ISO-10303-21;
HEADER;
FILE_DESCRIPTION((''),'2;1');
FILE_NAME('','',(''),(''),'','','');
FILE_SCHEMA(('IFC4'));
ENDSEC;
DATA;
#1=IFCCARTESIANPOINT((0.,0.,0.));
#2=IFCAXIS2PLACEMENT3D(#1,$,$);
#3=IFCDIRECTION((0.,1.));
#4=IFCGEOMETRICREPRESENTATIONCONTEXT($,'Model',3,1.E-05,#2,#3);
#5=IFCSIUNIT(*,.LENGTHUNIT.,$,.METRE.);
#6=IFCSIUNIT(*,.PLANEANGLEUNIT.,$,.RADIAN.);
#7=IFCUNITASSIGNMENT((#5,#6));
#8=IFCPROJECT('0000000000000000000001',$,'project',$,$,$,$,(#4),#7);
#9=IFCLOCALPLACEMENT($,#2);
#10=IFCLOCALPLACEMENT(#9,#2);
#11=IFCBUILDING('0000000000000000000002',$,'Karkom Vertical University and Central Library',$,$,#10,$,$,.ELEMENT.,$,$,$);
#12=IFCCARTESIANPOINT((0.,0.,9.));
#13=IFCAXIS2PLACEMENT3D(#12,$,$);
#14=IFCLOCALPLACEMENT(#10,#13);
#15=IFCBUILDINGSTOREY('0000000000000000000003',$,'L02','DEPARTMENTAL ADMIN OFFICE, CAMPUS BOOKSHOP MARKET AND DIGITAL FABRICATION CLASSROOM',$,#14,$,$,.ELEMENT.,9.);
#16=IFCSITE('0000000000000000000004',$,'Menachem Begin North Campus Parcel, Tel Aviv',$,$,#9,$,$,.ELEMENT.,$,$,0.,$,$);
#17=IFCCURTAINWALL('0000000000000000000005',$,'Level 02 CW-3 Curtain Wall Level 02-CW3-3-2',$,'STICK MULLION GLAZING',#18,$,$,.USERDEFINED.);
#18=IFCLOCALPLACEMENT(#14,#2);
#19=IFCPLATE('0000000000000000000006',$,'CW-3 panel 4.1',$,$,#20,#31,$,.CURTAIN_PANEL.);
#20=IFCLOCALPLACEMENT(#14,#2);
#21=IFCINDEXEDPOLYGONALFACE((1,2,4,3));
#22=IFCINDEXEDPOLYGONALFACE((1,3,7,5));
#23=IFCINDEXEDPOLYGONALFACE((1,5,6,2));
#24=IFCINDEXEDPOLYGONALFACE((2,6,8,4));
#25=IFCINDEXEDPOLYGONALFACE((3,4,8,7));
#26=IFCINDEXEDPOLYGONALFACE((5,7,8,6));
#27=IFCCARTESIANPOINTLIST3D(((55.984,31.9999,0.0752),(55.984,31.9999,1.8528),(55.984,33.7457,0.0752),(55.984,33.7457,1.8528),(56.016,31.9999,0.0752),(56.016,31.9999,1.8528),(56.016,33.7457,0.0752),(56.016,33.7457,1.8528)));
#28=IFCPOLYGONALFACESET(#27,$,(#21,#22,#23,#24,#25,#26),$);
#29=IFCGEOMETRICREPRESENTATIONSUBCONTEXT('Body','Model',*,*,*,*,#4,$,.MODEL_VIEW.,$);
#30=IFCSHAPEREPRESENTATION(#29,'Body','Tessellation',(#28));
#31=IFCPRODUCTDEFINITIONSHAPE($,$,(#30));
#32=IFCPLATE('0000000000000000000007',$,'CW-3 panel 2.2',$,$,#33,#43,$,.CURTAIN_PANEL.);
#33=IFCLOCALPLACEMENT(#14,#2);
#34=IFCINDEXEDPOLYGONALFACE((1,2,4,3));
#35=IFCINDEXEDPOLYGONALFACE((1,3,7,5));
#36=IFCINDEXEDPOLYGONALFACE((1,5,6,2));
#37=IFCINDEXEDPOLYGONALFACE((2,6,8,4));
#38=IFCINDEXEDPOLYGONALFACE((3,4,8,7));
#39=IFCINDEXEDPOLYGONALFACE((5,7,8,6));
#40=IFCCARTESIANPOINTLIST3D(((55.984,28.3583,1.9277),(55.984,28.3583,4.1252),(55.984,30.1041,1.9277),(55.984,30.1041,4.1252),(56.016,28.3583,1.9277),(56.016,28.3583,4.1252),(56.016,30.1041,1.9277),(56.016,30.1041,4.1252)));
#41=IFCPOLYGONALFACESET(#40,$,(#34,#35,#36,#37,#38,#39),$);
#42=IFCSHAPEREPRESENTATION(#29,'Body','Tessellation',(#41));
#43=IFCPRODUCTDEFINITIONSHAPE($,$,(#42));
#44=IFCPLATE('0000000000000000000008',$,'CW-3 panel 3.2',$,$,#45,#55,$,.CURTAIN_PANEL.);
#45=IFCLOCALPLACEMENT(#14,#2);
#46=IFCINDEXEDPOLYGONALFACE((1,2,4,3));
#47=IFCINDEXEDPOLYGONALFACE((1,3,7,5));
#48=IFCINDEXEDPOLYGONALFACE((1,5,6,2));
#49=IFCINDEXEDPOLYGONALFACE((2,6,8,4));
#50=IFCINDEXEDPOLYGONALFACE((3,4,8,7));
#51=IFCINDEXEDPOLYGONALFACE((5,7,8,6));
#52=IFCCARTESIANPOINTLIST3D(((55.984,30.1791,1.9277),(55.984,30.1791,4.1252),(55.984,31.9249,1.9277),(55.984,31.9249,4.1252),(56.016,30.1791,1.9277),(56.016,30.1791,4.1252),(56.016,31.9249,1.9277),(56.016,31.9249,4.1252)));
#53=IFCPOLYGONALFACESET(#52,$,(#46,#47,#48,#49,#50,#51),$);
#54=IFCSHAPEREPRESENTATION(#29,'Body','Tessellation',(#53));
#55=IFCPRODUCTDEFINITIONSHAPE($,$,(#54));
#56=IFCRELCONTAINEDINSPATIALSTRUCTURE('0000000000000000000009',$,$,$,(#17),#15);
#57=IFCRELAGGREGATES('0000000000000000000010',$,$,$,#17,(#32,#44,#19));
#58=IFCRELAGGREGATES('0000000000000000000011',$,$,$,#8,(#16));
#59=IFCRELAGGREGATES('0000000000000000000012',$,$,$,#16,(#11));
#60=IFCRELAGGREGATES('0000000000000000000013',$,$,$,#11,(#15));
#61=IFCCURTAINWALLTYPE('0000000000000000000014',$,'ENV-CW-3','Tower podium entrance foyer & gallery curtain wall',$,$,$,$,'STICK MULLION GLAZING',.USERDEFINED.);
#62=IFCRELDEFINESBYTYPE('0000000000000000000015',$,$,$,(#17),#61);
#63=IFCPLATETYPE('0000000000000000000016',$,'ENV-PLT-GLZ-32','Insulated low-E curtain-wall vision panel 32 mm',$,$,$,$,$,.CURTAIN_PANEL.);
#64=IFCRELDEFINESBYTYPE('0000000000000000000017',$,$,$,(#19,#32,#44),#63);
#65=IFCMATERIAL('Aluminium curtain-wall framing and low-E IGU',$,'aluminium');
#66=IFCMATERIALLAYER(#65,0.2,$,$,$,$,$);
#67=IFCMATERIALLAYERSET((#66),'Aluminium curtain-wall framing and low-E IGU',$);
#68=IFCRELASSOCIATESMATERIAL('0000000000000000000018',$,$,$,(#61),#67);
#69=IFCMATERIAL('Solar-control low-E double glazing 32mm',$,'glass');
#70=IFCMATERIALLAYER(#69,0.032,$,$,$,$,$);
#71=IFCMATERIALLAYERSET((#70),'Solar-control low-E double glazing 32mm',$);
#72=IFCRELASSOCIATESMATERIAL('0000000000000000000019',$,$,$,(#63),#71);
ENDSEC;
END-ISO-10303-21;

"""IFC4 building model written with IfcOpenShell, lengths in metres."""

from ifc_helpers import new_model, si_unit, direction, frame, origin, origin_with_axes, origin_2d, place, context, subcontext, project, spatial, rectangle, extrude, source, transform, mapped, material, layer, layer_set, type_object, element, aggregate, save


model = new_model("IFC4")

# Units and contexts
model_context = context("Model", 3, precision=1e-05, world=origin(), true_north=direction((0.0, 1.0)))
body_context = subcontext(model_context, "Body", "Model", "MODEL_VIEW")
ifc_project = project(units=[si_unit("LENGTHUNIT", "METRE"), si_unit("PLANEANGLEUNIT", "RADIAN")], contexts=[model_context])

# Site, building, storey
site_placement = place(None, origin())
site = spatial("IfcSite", under=ifc_project, at=site_placement, Name="Menachem Begin North Campus Parcel, Tel Aviv", CompositionType="ELEMENT", RefElevation=0.0)
building_placement = place(site_placement, origin())
building = spatial("IfcBuilding", under=site, at=building_placement, Name="Karkom Vertical University and Central Library", CompositionType="ELEMENT")
storey_placement = place(building_placement, frame((0.0, 0.0, 9.0)))
storey = spatial("IfcBuildingStorey", under=building, at=storey_placement, Name="L02", Description="DEPARTMENTAL ADMIN OFFICE, CAMPUS BOOKSHOP MARKET AND DIGITAL FABRICATION CLASSROOM", CompositionType="ELEMENT", Elevation=9.0)

# Curtain wall, plates
ifc_material_1 = material(Name="Aluminium curtain-wall framing and low-E IGU", Category="aluminium")
ifc_layer_1 = layer(ifc_material_1, 0.2)
ifc_layer_set_1 = layer_set([ifc_layer_1], Name="Aluminium curtain-wall framing and low-E IGU")
curtain_wall_type = type_object("IfcCurtainWallType", Name="ENV-CW-3", Description="Tower podium entrance foyer & gallery curtain wall", ElementType="STICK MULLION GLAZING", PredefinedType="USERDEFINED", material=ifc_layer_set_1)
curtain_wall_placement = place(storey_placement, origin())
curtain_wall = element("IfcCurtainWall", 1, at=curtain_wall_placement, inside=storey, type_object=curtain_wall_type, Name="Level 02 CW-3 Curtain Wall Level 02-CW3-3-2", ObjectType="STICK MULLION GLAZING", PredefinedType="USERDEFINED")
ifc_material_2 = material(Name="Solar-control low-E double glazing 32mm", Category="glass")
ifc_layer_2 = layer(ifc_material_2, 0.032)
ifc_layer_set_2 = layer_set([ifc_layer_2], Name="Solar-control low-E double glazing 32mm")
plate_type = type_object("IfcPlateType", Name="ENV-PLT-GLZ-32", Description="Insulated low-E curtain-wall vision panel 32 mm", PredefinedType="CURTAIN_PANEL", material=ifc_layer_set_2)
shared_shape_1 = source(origin_with_axes(), body_context, "Body", "SweptSolid", [
    extrude(rectangle(XDim=1.7458, YDim=0.032, at=origin_2d()), origin(), (0.0, 0.0, 1.0), 1.7776),
])
plate_1_placement = place(storey_placement, frame((56.0, 32.8728, 0.0752), z_axis=(0.0, 0.0, 1.0), x_axis=(0.0, 1.0, 0.0)))
plate_1 = element("IfcPlate", 2, at=plate_1_placement, type_object=plate_type, Name="CW-3 panel 4.1", PredefinedType="CURTAIN_PANEL", context=body_context, shape_type="MappedRepresentation", body=[
    mapped(shared_shape_1, transform((0.0, 0.0, 0.0), scale=1.0)),
])
shared_shape_2 = source(origin_with_axes(), body_context, "Body", "SweptSolid", [
    extrude(rectangle(XDim=1.7458, YDim=0.032, at=origin_2d()), origin(), (0.0, 0.0, 1.0), 2.1975),
])
plate_2_placement = place(storey_placement, frame((56.0, 29.2312, 1.9277), z_axis=(0.0, 0.0, 1.0), x_axis=(0.0, 1.0, 0.0)))
plate_2 = element("IfcPlate", 3, at=plate_2_placement, type_object=plate_type, Name="CW-3 panel 2.2", PredefinedType="CURTAIN_PANEL", context=body_context, shape_type="MappedRepresentation", body=[
    mapped(shared_shape_2, transform((0.0, 0.0, 0.0), scale=1.0)),
])
plate_3_placement = place(storey_placement, frame((56.0, 31.052, 1.9277), z_axis=(0.0, 0.0, 1.0), x_axis=(0.0, 1.0, 0.0)))
plate_3 = element("IfcPlate", 4, at=plate_3_placement, type_object=plate_type, Name="CW-3 panel 3.2", PredefinedType="CURTAIN_PANEL", context=body_context, shape_type="MappedRepresentation", body=[
    mapped(shared_shape_2, transform((0.0, 0.0, 0.0), scale=1.0)),
])
aggregate(curtain_wall, [plate_2, plate_3, plate_1])

save(model, "model.ifc")
